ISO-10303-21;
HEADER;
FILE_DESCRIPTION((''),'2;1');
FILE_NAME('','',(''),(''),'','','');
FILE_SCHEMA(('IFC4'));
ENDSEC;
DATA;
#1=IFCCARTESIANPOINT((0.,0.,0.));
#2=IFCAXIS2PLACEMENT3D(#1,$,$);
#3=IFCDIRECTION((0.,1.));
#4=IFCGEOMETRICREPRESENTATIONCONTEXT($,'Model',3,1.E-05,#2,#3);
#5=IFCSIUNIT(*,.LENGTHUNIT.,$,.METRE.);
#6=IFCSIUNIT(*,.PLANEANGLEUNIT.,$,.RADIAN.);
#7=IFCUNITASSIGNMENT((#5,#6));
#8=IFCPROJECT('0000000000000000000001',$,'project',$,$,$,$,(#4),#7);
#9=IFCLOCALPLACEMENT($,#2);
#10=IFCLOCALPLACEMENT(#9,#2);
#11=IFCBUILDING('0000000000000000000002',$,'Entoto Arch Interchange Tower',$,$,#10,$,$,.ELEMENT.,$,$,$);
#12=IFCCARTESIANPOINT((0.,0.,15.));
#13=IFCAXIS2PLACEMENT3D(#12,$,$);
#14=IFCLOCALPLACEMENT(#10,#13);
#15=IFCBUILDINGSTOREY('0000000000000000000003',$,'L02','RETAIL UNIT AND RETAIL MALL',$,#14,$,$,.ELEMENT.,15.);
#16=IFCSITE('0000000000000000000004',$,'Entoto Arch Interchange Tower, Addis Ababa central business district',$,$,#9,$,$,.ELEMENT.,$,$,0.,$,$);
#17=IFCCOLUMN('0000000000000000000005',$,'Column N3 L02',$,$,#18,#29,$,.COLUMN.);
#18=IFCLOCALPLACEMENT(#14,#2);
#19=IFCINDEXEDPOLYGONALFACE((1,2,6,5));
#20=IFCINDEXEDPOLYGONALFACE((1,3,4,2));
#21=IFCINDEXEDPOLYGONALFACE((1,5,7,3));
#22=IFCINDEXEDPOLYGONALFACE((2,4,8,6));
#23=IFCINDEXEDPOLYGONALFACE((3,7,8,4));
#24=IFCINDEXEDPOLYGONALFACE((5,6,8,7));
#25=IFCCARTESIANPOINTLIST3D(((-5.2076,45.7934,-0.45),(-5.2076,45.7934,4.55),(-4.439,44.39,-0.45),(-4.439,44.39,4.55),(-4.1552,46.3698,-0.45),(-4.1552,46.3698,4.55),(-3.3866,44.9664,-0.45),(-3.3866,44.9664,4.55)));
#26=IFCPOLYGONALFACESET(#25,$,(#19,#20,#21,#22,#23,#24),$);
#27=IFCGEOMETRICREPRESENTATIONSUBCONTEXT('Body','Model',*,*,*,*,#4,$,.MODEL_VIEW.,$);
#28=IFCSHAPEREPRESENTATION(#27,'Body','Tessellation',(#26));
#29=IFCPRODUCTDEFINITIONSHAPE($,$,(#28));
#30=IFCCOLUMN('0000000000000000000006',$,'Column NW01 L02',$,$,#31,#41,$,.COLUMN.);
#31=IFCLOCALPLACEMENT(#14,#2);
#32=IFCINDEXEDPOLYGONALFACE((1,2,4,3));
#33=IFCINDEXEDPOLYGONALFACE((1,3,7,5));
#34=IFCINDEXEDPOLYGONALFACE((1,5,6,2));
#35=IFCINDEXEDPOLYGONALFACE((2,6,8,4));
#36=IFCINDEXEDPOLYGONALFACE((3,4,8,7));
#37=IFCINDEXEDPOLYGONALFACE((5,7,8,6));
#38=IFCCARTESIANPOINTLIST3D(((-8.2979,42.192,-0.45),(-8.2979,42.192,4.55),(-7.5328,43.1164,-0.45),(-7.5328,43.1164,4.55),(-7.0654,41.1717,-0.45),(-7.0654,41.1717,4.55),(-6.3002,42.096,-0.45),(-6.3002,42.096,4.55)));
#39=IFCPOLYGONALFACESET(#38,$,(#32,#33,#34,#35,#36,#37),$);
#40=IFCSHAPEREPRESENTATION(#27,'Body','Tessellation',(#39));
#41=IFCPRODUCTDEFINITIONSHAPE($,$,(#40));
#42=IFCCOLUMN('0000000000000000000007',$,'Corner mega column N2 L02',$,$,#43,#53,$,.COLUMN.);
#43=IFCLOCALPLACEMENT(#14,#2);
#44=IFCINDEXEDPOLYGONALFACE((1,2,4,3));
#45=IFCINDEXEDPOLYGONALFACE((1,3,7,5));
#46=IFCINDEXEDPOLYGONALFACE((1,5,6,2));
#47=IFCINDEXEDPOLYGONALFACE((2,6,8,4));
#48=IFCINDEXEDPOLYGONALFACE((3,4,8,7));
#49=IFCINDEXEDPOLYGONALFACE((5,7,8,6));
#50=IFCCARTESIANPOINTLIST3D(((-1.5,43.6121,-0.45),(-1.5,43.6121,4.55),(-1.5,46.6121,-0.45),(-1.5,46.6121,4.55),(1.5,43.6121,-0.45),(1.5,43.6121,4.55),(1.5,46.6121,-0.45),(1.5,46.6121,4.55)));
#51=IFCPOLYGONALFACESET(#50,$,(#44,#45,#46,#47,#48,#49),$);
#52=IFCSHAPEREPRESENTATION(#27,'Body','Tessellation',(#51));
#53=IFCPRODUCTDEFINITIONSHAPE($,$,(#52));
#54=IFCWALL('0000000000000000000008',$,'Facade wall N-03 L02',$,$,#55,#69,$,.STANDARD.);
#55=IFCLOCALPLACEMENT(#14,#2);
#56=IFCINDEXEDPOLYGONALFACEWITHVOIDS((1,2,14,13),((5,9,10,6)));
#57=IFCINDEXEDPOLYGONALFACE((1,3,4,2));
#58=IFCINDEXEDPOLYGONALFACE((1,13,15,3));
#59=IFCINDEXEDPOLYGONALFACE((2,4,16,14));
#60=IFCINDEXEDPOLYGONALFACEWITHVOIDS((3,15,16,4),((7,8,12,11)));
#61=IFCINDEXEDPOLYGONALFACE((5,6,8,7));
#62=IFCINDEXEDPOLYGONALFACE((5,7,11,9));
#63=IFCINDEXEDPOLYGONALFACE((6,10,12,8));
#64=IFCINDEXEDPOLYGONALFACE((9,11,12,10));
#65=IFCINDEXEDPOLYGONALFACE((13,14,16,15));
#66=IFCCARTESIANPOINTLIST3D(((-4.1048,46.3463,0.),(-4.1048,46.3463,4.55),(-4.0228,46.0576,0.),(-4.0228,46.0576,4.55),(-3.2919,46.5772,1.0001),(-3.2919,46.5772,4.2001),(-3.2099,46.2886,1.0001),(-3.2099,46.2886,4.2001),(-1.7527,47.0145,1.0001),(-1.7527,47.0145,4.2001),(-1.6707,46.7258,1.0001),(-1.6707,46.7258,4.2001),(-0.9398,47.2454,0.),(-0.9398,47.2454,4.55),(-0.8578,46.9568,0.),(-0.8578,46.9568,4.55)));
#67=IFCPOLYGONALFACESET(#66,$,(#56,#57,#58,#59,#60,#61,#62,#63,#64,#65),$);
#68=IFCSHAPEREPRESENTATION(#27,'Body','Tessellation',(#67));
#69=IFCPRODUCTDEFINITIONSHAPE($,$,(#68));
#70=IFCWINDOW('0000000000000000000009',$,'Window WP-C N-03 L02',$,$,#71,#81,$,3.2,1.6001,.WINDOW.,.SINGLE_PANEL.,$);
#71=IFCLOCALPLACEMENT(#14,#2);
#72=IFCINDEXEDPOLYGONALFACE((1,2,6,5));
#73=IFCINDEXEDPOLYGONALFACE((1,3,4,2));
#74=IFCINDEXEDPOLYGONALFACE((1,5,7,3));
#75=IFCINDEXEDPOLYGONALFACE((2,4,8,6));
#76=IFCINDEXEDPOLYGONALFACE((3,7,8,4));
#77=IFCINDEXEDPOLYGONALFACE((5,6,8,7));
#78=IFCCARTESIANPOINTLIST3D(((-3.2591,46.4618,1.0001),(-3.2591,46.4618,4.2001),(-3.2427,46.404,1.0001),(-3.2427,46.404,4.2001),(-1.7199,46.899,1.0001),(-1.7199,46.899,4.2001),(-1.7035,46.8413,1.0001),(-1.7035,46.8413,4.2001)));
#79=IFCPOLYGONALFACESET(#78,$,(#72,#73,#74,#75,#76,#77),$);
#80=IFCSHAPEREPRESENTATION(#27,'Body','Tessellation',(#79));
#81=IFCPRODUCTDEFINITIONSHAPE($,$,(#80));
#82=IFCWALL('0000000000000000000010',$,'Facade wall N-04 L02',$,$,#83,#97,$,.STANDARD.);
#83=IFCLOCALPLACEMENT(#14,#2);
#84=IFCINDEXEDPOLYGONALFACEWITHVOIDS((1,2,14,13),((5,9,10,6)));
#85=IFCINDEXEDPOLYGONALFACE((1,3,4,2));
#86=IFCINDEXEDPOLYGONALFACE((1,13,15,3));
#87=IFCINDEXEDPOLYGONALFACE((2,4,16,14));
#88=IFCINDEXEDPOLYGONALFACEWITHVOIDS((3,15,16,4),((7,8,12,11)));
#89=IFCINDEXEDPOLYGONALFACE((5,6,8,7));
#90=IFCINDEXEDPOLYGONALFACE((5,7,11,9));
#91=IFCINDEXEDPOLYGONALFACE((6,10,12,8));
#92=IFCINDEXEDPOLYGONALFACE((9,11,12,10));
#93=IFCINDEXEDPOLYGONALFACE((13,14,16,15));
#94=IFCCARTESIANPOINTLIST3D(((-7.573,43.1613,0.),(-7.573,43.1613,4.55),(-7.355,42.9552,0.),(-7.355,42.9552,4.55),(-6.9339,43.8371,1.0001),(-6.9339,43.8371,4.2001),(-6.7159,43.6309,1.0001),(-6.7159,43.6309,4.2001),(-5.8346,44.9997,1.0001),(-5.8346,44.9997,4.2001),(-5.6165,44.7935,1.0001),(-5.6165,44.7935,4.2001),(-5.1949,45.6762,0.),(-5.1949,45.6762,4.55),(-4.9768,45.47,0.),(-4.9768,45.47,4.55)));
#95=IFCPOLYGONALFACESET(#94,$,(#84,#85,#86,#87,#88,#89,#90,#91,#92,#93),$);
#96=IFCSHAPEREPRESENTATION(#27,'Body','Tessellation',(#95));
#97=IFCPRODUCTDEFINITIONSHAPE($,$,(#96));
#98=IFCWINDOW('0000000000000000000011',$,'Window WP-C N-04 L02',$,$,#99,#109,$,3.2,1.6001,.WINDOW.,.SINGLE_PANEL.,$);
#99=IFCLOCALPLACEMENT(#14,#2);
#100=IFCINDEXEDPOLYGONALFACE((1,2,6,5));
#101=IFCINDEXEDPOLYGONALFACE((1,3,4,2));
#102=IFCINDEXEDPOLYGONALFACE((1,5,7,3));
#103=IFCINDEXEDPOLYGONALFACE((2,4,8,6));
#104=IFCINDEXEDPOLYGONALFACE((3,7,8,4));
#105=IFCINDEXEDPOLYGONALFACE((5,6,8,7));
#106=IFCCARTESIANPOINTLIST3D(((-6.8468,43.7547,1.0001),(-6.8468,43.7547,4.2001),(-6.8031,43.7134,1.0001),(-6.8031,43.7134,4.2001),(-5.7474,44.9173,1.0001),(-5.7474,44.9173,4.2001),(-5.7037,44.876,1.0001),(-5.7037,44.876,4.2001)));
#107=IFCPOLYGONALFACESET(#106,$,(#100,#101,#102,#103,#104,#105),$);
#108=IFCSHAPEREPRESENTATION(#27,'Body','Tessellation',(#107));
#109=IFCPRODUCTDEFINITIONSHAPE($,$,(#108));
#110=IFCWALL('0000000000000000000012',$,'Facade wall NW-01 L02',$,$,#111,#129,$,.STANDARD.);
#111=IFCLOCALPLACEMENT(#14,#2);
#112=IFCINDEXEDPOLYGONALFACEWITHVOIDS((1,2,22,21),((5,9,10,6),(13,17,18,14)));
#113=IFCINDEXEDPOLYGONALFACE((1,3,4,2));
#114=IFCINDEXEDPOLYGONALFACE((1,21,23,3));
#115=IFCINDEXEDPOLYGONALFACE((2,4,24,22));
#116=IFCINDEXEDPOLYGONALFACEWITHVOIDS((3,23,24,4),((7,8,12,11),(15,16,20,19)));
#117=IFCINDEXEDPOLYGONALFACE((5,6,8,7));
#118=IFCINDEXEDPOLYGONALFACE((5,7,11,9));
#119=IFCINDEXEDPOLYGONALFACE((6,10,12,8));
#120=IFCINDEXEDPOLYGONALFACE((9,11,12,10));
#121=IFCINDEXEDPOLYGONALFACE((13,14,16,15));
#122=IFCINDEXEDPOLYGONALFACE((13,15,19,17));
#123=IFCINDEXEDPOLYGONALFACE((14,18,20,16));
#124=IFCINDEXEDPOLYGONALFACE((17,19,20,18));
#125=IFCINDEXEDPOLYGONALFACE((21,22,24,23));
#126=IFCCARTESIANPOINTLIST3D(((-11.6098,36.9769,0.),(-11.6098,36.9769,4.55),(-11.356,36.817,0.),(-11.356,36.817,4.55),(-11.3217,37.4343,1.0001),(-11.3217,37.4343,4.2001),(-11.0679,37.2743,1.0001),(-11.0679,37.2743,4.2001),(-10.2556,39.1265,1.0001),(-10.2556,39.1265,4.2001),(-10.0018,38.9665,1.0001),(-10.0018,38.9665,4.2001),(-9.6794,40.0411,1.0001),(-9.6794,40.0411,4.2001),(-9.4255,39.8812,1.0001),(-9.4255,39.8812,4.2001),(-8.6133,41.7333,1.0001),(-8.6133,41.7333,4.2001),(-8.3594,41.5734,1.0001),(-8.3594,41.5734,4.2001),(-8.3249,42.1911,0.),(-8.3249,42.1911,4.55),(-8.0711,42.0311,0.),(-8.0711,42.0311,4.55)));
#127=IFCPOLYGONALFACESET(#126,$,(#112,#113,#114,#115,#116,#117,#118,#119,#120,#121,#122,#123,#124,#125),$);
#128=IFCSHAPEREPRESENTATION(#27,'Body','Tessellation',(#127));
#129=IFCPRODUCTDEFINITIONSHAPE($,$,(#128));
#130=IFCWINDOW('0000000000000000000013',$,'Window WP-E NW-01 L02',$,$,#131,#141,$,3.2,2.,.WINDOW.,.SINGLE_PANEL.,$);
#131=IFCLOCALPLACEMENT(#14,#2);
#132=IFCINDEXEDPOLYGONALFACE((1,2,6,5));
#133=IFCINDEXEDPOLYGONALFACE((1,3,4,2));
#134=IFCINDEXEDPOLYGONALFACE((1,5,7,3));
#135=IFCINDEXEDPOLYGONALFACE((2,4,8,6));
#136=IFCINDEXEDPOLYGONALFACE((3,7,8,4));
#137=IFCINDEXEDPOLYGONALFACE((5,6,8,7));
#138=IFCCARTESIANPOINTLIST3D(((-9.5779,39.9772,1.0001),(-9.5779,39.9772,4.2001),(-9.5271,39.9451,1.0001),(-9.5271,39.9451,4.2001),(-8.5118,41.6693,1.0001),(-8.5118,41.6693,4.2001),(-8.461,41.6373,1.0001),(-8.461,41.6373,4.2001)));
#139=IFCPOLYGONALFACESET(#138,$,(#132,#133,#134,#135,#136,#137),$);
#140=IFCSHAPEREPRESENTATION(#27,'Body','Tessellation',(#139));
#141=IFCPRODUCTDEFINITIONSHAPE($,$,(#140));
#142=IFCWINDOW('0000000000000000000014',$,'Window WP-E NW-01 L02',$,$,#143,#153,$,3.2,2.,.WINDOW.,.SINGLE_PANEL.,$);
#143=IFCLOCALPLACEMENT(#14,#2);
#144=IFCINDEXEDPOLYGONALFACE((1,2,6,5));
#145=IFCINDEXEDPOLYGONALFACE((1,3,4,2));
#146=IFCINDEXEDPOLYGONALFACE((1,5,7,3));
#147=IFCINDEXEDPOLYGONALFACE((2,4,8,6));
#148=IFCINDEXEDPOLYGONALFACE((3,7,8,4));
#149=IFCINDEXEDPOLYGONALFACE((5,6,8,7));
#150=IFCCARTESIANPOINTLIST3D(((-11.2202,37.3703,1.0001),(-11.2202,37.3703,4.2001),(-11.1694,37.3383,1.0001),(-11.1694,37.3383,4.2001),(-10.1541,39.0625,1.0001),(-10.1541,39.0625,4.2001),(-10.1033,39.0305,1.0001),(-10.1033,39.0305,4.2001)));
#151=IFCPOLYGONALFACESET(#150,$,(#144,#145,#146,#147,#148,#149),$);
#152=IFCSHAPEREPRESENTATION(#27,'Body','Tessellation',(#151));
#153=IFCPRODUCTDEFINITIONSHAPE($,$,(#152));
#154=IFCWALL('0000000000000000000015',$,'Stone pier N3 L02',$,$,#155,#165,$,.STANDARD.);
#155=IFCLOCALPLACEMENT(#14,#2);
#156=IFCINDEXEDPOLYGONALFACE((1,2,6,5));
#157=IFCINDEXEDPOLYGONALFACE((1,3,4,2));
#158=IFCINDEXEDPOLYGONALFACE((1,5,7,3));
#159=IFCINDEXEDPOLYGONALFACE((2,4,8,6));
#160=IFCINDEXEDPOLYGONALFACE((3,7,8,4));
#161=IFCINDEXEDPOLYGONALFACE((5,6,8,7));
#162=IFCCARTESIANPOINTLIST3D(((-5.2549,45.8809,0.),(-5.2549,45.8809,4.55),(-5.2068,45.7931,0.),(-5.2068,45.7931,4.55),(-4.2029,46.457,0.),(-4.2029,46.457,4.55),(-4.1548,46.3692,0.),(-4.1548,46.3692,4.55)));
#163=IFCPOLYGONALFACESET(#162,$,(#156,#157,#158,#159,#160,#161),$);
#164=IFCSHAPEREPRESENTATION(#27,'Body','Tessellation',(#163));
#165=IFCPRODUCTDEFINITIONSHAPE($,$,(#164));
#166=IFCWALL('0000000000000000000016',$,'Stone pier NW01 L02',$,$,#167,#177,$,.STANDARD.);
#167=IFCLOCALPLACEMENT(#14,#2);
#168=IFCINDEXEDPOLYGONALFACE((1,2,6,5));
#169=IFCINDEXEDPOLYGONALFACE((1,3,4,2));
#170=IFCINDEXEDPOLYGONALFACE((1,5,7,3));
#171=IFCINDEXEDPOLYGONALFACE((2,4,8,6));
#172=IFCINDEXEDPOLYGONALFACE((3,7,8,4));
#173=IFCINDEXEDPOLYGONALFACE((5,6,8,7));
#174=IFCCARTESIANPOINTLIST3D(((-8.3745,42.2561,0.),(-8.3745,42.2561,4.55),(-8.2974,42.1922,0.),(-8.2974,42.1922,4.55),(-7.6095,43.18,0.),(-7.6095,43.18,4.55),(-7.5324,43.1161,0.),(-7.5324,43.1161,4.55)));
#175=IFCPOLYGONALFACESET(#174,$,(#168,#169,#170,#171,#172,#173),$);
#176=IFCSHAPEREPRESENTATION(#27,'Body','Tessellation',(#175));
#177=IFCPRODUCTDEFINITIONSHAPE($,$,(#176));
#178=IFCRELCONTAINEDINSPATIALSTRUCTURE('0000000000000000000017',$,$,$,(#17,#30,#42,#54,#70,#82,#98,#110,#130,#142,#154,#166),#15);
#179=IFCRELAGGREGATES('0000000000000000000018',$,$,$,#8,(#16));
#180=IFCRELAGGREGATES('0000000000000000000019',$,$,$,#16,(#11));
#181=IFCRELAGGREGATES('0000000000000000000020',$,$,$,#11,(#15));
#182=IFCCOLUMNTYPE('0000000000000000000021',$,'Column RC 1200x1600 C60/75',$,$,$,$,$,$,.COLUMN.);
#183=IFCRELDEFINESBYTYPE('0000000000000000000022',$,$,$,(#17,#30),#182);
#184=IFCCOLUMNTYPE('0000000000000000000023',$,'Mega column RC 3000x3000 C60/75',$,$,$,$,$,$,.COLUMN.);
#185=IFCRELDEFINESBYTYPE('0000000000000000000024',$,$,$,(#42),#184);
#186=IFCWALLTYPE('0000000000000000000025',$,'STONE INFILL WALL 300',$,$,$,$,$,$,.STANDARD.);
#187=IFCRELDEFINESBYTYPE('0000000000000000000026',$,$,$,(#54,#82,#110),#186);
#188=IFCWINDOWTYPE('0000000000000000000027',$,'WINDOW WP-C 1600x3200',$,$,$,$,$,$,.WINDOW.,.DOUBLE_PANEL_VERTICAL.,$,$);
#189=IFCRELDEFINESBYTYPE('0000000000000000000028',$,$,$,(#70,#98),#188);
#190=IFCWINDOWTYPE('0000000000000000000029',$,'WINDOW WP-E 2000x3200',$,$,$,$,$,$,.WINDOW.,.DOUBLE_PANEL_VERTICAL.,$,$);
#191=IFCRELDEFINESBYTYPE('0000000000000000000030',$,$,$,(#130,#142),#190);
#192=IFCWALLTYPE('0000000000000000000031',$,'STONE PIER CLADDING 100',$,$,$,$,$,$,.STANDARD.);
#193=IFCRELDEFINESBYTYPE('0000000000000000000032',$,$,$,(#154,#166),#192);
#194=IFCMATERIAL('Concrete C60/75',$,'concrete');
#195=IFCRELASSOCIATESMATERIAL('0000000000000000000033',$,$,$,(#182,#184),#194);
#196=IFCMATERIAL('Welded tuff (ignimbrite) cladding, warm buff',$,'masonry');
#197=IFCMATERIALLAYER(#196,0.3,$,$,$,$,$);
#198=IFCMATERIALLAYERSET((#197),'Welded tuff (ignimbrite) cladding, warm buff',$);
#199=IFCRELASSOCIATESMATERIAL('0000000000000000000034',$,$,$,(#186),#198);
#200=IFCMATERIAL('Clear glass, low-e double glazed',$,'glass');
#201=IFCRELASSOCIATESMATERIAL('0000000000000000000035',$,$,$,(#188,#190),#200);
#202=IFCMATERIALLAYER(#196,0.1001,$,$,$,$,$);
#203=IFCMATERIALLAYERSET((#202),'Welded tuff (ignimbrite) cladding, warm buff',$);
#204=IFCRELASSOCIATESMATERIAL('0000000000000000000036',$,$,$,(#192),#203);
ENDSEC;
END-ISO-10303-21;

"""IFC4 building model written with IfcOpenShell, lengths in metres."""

from ifc_helpers import new_model, si_unit, direction, frame, frame_2d, origin, origin_2d, place, context, subcontext, project, spatial, rectangle, extrude, material, layer, layer_set, material_profile, profile_set, type_object, element, fill, save


model = new_model("IFC4")

# Units and contexts
model_context = context("Model", 3, precision=1e-05, world=origin(), true_north=direction((0.0, 1.0)))
body_context = subcontext(model_context, "Body", "Model", "MODEL_VIEW")
ifc_project = project(units=[si_unit("LENGTHUNIT", "METRE"), si_unit("PLANEANGLEUNIT", "RADIAN")], contexts=[model_context])

# Site, building, storey
site_placement = place(None, origin())
site = spatial("IfcSite", under=ifc_project, at=site_placement, Name="Entoto Arch Interchange Tower, Addis Ababa central business district", CompositionType="ELEMENT", RefElevation=0.0)
building_placement = place(site_placement, origin())
building = spatial("IfcBuilding", under=site, at=building_placement, Name="Entoto Arch Interchange Tower", CompositionType="ELEMENT")
storey_placement = place(building_placement, frame((0.0, 0.0, 15.0)))
storey = spatial("IfcBuildingStorey", under=building, at=storey_placement, Name="L02", Description="RETAIL UNIT AND RETAIL MALL", CompositionType="ELEMENT", Elevation=15.0)

# Columns
ifc_material_1 = material(Name="Concrete C60/75", Category="concrete")
ifc_material_profile_1 = material_profile(ifc_material_1, rectangle(XDim=1.2, YDim=1.6001, at=origin_2d()))
ifc_profile_set_1 = profile_set([ifc_material_profile_1], Name="Concrete C60/75")
column_type_1 = type_object("IfcColumnType", Name="Column RC 1200x1600 C60/75", PredefinedType="COLUMN", material=ifc_profile_set_1)
for number, where, z_axis, x_axis, name in (
    (1, (-4.2971, 45.3799, -0.45), (0.0, 0.0, 1.0), (0.877079, 0.480346, 0.0), "Column N3 L02"),
    (2, (-7.2991, 42.144, -0.45), (0.0, 0.0, 1.0), (0.637666, 0.770313, 0.0), "Column NW01 L02"),
):
    element("IfcColumn", number, at=place(storey_placement, frame(where, z_axis=z_axis, x_axis=x_axis)), inside=storey, type_object=column_type_1, Name=name, PredefinedType="COLUMN", context=body_context, shape_type="SweptSolid", body=[
        extrude(rectangle(XDim=1.2, YDim=1.6001, at=origin_2d()), origin(), (0.0, 0.0, 1.0), 5.0),
    ])
ifc_material_profile_2 = material_profile(ifc_material_1, rectangle(XDim=3.0, YDim=3.0, at=origin_2d()))
ifc_profile_set_2 = profile_set([ifc_material_profile_2], Name="Concrete C60/75")
column_type_2 = type_object("IfcColumnType", Name="Mega column RC 3000x3000 C60/75", PredefinedType="COLUMN", material=ifc_profile_set_2)
column_placement = place(storey_placement, frame((0.0, 45.1121, -0.45), z_axis=(0.0, 0.0, 1.0), x_axis=(0.0, 1.0, 0.0)))
element("IfcColumn", 3, at=column_placement, inside=storey, type_object=column_type_2, Name="Corner mega column N2 L02", PredefinedType="COLUMN", context=body_context, shape_type="SweptSolid", body=[
    extrude(rectangle(XDim=3.0, YDim=3.0, at=origin_2d()), origin(), (0.0, 0.0, 1.0), 5.0),
])

# Walls, openings, windows
ifc_material_2 = material(Name="Welded tuff (ignimbrite) cladding, warm buff", Category="masonry")
ifc_layer_1 = layer(ifc_material_2, 0.3)
ifc_layer_set_1 = layer_set([ifc_layer_1], Name="Welded tuff (ignimbrite) cladding, warm buff")
wall_type_1 = type_object("IfcWallType", Name="STONE INFILL WALL 300", PredefinedType="STANDARD", material=ifc_layer_set_1)
wall_1_placement = place(storey_placement, frame((-0.8989, 47.1011, 0.0), z_axis=(0.0, 0.0, 1.0), x_axis=(-0.961934, -0.27328, 0.0)))
wall_1 = element("IfcWall", 4, at=wall_1_placement, inside=storey, type_object=wall_type_1, Name="Facade wall N-03 L02", PredefinedType="STANDARD", context=body_context, shape_type="SweptSolid", body=[
    extrude(rectangle(XDim=3.2903, YDim=0.3, at=frame_2d((1.645, 0.0))), origin(), (0.0, 0.0, 1.0), 4.55),
])
opening_1_placement = place(wall_1_placement, frame((0.845, 0.0, 1.0)))
opening_1 = element("IfcOpeningElement", 5, at=opening_1_placement, cuts=wall_1, PredefinedType="OPENING", context=body_context, shape_type="SweptSolid", body=[
    extrude(rectangle(XDim=1.6001, YDim=3.2, at=frame_2d((0.8, 1.6001))), frame((0.0, 0.1602, 0.0), z_axis=(0.0, -1.0, 0.0), x_axis=(1.0, 0.0, 0.0)), (0.0, 0.0, 1.0), 0.3201),
])
ifc_material_3 = material(Name="Clear glass, low-e double glazed", Category="glass")
window_type_1 = type_object("IfcWindowType", Name="WINDOW WP-C 1600x3200", PartitioningType="DOUBLE_PANEL_VERTICAL", PredefinedType="WINDOW", material=ifc_material_3)
window_1_placement = place(opening_1_placement, origin())
window_1 = element("IfcWindow", 6, at=window_1_placement, inside=storey, type_object=window_type_1, Name="Window WP-C N-03 L02", OverallHeight=3.2, OverallWidth=1.6001, PartitioningType="SINGLE_PANEL", PredefinedType="WINDOW", context=body_context, shape_type="SweptSolid", body=[
    extrude(rectangle(XDim=1.6001, YDim=3.2, at=frame_2d((0.8, 1.6001))), frame((0.0, 0.03, 0.0), z_axis=(0.0, -1.0, 0.0), x_axis=(1.0, 0.0, 0.0)), (0.0, 0.0, 1.0), 0.0601),
])
fill(opening_1, window_1)
wall_2_placement = place(storey_placement, frame((-5.0859, 45.573, 0.0), z_axis=(0.0, 0.0, 1.0), x_axis=(-0.687081, -0.726581, 0.0)))
wall_2 = element("IfcWall", 7, at=wall_2_placement, inside=storey, type_object=wall_type_1, Name="Facade wall N-04 L02", PredefinedType="STANDARD", context=body_context, shape_type="SweptSolid", body=[
    extrude(rectangle(XDim=3.4612, YDim=0.3, at=frame_2d((1.7305, 0.0))), origin(), (0.0, 0.0, 1.0), 4.55),
])
opening_2_placement = place(wall_2_placement, frame((0.9309, 0.0, 1.0)))
opening_2 = element("IfcOpeningElement", 8, at=opening_2_placement, cuts=wall_2, PredefinedType="OPENING", context=body_context, shape_type="SweptSolid", body=[
    extrude(rectangle(XDim=1.6001, YDim=3.2, at=frame_2d((0.8, 1.6001))), frame((0.0, 0.1602, 0.0), z_axis=(0.0, -1.0, 0.0), x_axis=(1.0, 0.0, 0.0)), (0.0, 0.0, 1.0), 0.3201),
])
window_2_placement = place(opening_2_placement, origin())
window_2 = element("IfcWindow", 9, at=window_2_placement, inside=storey, type_object=window_type_1, Name="Window WP-C N-04 L02", OverallHeight=3.2, OverallWidth=1.6001, PartitioningType="SINGLE_PANEL", PredefinedType="WINDOW", context=body_context, shape_type="SweptSolid", body=[
    extrude(rectangle(XDim=1.6001, YDim=3.2, at=frame_2d((0.8, 1.6001))), frame((0.0, 0.03, 0.0), z_axis=(0.0, -1.0, 0.0), x_axis=(1.0, 0.0, 0.0)), (0.0, 0.0, 1.0), 0.0601),
])
fill(opening_2, window_2)

# Wall, openings, windows
wall_3_placement = place(storey_placement, frame((-8.198, 42.1111, 0.0), z_axis=(0.0, 0.0, 1.0), x_axis=(-0.53304, -0.84609, 0.0)))
wall_3 = element("IfcWall", 10, at=wall_3_placement, inside=storey, type_object=wall_type_1, Name="Facade wall NW-01 L02", PredefinedType="STANDARD", context=body_context, shape_type="SweptSolid", body=[
    extrude(rectangle(XDim=6.1626, YDim=0.3, at=frame_2d((3.0813, 0.0))), origin(), (0.0, 0.0, 1.0), 4.55),
])
opening_3_placement = place(wall_3_placement, frame((0.541, 0.0, 1.0)))
opening_3 = element("IfcOpeningElement", 11, at=opening_3_placement, cuts=wall_3, PredefinedType="OPENING", context=body_context, shape_type="SweptSolid", body=[
    extrude(rectangle(XDim=2.0, YDim=3.2, at=frame_2d((1.0, 1.6001))), frame((0.0, 0.1602, 0.0), z_axis=(0.0, -1.0, 0.0), x_axis=(1.0, 0.0, 0.0)), (0.0, 0.0, 1.0), 0.3201),
])
opening_4_placement = place(wall_3_placement, frame((3.6221, 0.0, 1.0)))
opening_4 = element("IfcOpeningElement", 12, at=opening_4_placement, cuts=wall_3, PredefinedType="OPENING", context=body_context, shape_type="SweptSolid", body=[
    extrude(rectangle(XDim=2.0, YDim=3.2, at=frame_2d((1.0, 1.6001))), frame((0.0, 0.1602, 0.0), z_axis=(0.0, -1.0, 0.0), x_axis=(1.0, 0.0, 0.0)), (0.0, 0.0, 1.0), 0.3201),
])
window_type_2 = type_object("IfcWindowType", Name="WINDOW WP-E 2000x3200", PartitioningType="DOUBLE_PANEL_VERTICAL", PredefinedType="WINDOW", material=ifc_material_3)
window_3_placement = place(opening_3_placement, origin())
window_3 = element("IfcWindow", 13, at=window_3_placement, inside=storey, type_object=window_type_2, Name="Window WP-E NW-01 L02", OverallHeight=3.2, OverallWidth=2.0, PartitioningType="SINGLE_PANEL", PredefinedType="WINDOW", context=body_context, shape_type="SweptSolid", body=[
    extrude(rectangle(XDim=2.0, YDim=3.2, at=frame_2d((1.0, 1.6001))), frame((0.0, 0.03, 0.0), z_axis=(0.0, -1.0, 0.0), x_axis=(1.0, 0.0, 0.0)), (0.0, 0.0, 1.0), 0.0601),
])
fill(opening_3, window_3)
window_4_placement = place(opening_4_placement, origin())
window_4 = element("IfcWindow", 14, at=window_4_placement, inside=storey, type_object=window_type_2, Name="Window WP-E NW-01 L02", OverallHeight=3.2, OverallWidth=2.0, PartitioningType="SINGLE_PANEL", PredefinedType="WINDOW", context=body_context, shape_type="SweptSolid", body=[
    extrude(rectangle(XDim=2.0, YDim=3.2, at=frame_2d((1.0, 1.6001))), frame((0.0, 0.03, 0.0), z_axis=(0.0, -1.0, 0.0), x_axis=(1.0, 0.0, 0.0)), (0.0, 0.0, 1.0), 0.0601),
])
fill(opening_4, window_4)

# Walls
ifc_layer_2 = layer(ifc_material_2, 0.1001)
ifc_layer_set_2 = layer_set([ifc_layer_2], Name="Welded tuff (ignimbrite) cladding, warm buff")
wall_type_2 = type_object("IfcWallType", Name="STONE PIER CLADDING 100", PredefinedType="STANDARD", material=ifc_layer_set_2)
for number, where, z_axis, x_axis, name in (
    (15, (-4.179, 46.4131, 0.0), (0.0, 0.0, 1.0), (-0.87707, -0.480363, 0.0), "Stone pier N3 L02"),
    (16, (-7.571, 43.1479, 0.0), (0.0, 0.0, 1.0), (-0.637739, -0.770253, 0.0), "Stone pier NW01 L02"),
):
    element("IfcWall", number, at=place(storey_placement, frame(where, z_axis=z_axis, x_axis=x_axis)), inside=storey, type_object=wall_type_2, Name=name, PredefinedType="STANDARD", context=body_context, shape_type="SweptSolid", body=[
        extrude(rectangle(XDim=1.1995, YDim=0.1001, at=frame_2d((0.5996, 0.0))), origin(), (0.0, 0.0, 1.0), 4.55),
    ])

save(model, "model.ifc")
